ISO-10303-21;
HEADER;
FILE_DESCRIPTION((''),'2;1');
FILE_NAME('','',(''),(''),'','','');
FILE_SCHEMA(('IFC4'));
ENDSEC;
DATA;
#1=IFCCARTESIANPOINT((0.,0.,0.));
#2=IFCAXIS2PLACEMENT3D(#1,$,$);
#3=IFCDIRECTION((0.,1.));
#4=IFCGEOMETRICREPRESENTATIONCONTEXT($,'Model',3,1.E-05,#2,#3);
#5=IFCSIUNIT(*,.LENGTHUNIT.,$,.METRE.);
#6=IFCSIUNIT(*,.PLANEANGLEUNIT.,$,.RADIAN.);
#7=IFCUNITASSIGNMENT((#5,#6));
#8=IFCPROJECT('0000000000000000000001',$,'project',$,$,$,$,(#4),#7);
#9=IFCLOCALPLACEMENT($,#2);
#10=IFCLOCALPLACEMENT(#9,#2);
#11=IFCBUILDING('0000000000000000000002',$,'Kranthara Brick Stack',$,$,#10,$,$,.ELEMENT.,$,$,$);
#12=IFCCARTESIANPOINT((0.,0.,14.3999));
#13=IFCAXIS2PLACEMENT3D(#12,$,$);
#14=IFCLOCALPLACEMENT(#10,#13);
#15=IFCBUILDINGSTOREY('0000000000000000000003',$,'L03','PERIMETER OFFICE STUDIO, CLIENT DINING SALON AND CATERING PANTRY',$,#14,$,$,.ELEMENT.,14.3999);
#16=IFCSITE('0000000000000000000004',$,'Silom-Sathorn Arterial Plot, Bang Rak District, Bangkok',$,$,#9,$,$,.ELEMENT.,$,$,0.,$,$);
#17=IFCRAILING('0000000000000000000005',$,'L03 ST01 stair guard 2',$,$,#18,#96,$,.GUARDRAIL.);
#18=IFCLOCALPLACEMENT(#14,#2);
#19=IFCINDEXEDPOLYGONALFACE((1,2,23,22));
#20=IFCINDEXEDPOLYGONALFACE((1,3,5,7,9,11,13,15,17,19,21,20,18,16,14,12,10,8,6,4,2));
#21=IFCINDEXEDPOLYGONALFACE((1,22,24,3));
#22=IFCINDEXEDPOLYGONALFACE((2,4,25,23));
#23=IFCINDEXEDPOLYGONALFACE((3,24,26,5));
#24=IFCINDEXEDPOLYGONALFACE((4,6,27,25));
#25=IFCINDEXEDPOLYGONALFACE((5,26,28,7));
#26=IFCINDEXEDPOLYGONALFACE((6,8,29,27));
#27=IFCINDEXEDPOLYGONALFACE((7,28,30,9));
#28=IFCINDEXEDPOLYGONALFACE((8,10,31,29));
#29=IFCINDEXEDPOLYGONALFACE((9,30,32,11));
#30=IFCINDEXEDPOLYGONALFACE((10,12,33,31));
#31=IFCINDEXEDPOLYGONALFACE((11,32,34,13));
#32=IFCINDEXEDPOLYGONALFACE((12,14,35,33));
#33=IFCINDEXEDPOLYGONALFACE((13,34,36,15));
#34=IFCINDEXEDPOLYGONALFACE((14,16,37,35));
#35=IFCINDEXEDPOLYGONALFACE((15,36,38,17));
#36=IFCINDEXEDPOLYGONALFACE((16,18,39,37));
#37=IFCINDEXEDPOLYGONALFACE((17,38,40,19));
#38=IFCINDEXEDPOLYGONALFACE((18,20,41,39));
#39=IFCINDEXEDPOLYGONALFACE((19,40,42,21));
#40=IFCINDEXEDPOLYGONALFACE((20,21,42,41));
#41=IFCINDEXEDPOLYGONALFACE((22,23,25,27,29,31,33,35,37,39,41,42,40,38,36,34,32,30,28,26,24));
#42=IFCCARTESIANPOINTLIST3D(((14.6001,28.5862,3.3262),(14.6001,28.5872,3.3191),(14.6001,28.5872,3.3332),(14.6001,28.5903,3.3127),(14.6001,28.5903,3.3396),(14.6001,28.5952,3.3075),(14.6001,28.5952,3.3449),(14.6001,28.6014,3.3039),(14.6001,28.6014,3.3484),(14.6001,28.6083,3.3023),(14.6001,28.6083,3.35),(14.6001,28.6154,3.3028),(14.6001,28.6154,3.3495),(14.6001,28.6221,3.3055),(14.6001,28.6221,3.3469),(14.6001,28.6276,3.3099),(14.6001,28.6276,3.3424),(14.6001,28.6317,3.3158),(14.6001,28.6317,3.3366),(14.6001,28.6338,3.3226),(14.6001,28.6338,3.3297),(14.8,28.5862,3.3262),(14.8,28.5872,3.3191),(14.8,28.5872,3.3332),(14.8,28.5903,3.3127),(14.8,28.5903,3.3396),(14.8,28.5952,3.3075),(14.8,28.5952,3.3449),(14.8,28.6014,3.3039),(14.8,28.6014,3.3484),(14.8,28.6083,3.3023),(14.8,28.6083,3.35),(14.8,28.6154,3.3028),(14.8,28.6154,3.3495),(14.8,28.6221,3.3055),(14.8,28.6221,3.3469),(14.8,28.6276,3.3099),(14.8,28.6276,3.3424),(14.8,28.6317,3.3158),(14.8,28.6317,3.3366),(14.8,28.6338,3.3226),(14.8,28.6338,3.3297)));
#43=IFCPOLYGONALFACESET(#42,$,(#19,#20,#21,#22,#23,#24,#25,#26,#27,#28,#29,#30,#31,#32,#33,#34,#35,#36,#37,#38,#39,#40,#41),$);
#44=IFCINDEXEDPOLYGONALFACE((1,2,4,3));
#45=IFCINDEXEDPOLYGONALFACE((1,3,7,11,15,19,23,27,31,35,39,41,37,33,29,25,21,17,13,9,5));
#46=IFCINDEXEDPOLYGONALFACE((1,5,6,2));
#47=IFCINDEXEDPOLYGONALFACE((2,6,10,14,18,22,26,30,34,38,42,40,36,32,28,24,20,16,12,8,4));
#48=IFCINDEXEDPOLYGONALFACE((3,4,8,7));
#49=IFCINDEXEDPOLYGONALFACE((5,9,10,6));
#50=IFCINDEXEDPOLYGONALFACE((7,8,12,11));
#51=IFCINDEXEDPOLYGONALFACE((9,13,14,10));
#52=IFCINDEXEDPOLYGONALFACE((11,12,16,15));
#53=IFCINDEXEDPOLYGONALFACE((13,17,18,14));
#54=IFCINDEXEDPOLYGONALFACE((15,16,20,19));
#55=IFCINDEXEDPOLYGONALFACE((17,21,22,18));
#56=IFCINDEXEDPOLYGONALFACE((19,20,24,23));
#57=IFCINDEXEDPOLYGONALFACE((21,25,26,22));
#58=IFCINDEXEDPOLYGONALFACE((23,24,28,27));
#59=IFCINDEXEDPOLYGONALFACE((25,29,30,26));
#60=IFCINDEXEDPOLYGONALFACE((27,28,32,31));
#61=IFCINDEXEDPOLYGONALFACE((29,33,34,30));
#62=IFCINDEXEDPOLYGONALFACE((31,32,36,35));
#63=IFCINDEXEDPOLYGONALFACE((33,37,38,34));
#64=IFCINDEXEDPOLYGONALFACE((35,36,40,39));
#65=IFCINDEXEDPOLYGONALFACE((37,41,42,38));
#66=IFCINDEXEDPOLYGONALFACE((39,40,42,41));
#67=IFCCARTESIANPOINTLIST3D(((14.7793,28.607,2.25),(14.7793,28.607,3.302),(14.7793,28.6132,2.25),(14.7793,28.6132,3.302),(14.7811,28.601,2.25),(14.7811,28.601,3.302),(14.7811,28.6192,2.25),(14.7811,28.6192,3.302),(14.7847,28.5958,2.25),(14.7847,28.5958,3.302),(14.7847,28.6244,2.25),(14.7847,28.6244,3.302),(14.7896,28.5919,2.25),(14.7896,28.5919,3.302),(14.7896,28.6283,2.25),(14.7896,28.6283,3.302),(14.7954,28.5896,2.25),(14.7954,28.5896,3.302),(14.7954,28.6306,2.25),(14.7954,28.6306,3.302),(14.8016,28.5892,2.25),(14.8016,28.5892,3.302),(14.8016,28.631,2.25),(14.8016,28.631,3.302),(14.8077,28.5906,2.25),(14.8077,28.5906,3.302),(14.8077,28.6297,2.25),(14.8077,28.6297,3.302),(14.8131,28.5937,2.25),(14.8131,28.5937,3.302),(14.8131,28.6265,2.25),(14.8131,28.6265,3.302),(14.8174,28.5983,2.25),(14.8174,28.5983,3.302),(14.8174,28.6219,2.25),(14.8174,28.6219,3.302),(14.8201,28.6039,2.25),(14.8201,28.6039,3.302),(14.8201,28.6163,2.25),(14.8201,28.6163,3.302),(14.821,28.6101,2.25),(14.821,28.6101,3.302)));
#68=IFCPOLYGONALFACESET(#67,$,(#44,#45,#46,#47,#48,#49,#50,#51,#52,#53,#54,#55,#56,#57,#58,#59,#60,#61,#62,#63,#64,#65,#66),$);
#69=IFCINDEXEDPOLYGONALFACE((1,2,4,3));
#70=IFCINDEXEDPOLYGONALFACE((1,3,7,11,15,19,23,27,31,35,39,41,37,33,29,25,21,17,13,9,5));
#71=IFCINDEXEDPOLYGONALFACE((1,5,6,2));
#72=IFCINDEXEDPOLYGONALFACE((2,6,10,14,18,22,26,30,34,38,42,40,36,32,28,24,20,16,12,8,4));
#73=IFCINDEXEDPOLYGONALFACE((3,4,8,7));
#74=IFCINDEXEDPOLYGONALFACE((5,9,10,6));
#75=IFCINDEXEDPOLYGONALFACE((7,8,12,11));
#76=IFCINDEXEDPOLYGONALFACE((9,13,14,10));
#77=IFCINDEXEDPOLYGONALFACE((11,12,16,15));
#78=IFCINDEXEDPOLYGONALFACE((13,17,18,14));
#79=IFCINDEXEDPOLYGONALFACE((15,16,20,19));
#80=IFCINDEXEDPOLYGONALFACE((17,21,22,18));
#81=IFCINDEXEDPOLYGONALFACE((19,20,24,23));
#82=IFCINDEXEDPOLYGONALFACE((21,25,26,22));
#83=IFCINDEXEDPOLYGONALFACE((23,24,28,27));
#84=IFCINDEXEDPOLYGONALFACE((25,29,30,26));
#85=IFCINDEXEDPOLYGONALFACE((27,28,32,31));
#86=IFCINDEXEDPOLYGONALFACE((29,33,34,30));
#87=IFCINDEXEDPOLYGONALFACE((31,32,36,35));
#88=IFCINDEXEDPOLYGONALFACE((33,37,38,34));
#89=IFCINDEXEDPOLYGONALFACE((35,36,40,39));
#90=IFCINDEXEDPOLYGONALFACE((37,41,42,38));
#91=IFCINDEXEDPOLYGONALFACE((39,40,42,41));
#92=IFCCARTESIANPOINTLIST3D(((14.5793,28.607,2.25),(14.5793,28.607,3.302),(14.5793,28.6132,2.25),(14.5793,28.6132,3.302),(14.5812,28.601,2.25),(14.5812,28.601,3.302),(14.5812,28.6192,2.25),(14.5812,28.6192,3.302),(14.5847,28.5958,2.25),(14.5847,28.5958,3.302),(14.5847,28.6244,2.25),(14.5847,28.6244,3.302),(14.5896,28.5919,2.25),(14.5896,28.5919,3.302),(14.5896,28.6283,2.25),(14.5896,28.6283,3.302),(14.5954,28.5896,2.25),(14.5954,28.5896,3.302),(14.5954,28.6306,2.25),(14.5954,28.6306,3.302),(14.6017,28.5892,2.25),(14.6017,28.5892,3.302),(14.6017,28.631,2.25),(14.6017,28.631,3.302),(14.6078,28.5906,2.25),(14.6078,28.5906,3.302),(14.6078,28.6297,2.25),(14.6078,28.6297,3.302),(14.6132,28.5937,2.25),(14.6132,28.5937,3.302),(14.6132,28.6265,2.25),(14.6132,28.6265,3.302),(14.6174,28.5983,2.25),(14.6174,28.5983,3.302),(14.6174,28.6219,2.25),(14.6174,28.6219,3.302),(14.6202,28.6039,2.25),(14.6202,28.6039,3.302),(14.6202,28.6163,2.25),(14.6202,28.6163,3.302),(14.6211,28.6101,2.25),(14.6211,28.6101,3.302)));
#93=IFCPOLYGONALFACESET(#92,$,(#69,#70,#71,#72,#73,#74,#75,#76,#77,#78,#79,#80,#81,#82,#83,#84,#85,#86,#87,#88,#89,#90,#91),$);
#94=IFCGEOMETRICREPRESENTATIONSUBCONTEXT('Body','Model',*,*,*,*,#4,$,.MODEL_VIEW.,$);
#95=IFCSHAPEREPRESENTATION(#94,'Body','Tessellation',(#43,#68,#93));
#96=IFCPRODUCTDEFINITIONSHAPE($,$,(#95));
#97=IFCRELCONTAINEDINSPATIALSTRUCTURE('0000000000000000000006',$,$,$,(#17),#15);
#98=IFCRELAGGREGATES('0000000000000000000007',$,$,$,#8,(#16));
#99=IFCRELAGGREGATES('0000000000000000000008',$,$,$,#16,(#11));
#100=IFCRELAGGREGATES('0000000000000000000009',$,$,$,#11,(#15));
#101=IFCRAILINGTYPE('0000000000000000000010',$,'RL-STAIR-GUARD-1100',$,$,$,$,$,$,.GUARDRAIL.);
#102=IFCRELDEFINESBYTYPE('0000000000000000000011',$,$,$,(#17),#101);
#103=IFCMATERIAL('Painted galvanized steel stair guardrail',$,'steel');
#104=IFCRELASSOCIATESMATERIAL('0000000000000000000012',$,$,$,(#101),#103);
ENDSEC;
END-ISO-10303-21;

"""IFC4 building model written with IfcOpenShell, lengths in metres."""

from ifc_helpers import new_model, si_unit, direction, frame, origin, origin_2d, place, context, subcontext, project, spatial, circle, extrude, material, type_object, element, save


model = new_model("IFC4")

# Units and contexts
model_context = context("Model", 3, precision=1e-05, world=origin(), true_north=direction((0.0, 1.0)))
body_context = subcontext(model_context, "Body", "Model", "MODEL_VIEW")
ifc_project = project(units=[si_unit("LENGTHUNIT", "METRE"), si_unit("PLANEANGLEUNIT", "RADIAN")], contexts=[model_context])

# Site, building, storey
site_placement = place(None, origin())
site = spatial("IfcSite", under=ifc_project, at=site_placement, Name="Silom-Sathorn Arterial Plot, Bang Rak District, Bangkok", CompositionType="ELEMENT", RefElevation=0.0)
building_placement = place(site_placement, origin())
building = spatial("IfcBuilding", under=site, at=building_placement, Name="Kranthara Brick Stack", CompositionType="ELEMENT")
storey_placement = place(building_placement, frame((0.0, 0.0, 14.3999)))
storey = spatial("IfcBuildingStorey", under=building, at=storey_placement, Name="L03", Description="PERIMETER OFFICE STUDIO, CLIENT DINING SALON AND CATERING PANTRY", CompositionType="ELEMENT", Elevation=14.3999)

# Railing
ifc_material_1 = material(Name="Painted galvanized steel stair guardrail", Category="steel")
railing_type_1 = type_object("IfcRailingType", Name="RL-STAIR-GUARD-1100", PredefinedType="GUARDRAIL", material=ifc_material_1)
railing_1_placement = place(storey_placement, frame((14.8, 28.6101, 2.25)))
element("IfcRailing", 1, at=railing_1_placement, inside=storey, type_object=railing_type_1, Name="L03 ST01 stair guard 2", PredefinedType="GUARDRAIL", context=body_context, shape_type="SweptSolid", body=[
    extrude(circle(Radius=0.0239, at=origin_2d()), frame((0.0, 0.0, 1.0762), z_axis=(-1.0, 0.0, 0.0), x_axis=(0.0, -1.0, 0.0)), (0.0, 0.0, 1.0), 0.2),
    extrude(circle(Radius=0.021, at=origin_2d()), origin(), (0.0, 0.0, 1.0), 1.052),
    extrude(circle(Radius=0.021, at=origin_2d()), frame((-0.2, 0.0, 0.0)), (0.0, 0.0, 1.0), 1.052),
])

save(model, "model.ifc")
